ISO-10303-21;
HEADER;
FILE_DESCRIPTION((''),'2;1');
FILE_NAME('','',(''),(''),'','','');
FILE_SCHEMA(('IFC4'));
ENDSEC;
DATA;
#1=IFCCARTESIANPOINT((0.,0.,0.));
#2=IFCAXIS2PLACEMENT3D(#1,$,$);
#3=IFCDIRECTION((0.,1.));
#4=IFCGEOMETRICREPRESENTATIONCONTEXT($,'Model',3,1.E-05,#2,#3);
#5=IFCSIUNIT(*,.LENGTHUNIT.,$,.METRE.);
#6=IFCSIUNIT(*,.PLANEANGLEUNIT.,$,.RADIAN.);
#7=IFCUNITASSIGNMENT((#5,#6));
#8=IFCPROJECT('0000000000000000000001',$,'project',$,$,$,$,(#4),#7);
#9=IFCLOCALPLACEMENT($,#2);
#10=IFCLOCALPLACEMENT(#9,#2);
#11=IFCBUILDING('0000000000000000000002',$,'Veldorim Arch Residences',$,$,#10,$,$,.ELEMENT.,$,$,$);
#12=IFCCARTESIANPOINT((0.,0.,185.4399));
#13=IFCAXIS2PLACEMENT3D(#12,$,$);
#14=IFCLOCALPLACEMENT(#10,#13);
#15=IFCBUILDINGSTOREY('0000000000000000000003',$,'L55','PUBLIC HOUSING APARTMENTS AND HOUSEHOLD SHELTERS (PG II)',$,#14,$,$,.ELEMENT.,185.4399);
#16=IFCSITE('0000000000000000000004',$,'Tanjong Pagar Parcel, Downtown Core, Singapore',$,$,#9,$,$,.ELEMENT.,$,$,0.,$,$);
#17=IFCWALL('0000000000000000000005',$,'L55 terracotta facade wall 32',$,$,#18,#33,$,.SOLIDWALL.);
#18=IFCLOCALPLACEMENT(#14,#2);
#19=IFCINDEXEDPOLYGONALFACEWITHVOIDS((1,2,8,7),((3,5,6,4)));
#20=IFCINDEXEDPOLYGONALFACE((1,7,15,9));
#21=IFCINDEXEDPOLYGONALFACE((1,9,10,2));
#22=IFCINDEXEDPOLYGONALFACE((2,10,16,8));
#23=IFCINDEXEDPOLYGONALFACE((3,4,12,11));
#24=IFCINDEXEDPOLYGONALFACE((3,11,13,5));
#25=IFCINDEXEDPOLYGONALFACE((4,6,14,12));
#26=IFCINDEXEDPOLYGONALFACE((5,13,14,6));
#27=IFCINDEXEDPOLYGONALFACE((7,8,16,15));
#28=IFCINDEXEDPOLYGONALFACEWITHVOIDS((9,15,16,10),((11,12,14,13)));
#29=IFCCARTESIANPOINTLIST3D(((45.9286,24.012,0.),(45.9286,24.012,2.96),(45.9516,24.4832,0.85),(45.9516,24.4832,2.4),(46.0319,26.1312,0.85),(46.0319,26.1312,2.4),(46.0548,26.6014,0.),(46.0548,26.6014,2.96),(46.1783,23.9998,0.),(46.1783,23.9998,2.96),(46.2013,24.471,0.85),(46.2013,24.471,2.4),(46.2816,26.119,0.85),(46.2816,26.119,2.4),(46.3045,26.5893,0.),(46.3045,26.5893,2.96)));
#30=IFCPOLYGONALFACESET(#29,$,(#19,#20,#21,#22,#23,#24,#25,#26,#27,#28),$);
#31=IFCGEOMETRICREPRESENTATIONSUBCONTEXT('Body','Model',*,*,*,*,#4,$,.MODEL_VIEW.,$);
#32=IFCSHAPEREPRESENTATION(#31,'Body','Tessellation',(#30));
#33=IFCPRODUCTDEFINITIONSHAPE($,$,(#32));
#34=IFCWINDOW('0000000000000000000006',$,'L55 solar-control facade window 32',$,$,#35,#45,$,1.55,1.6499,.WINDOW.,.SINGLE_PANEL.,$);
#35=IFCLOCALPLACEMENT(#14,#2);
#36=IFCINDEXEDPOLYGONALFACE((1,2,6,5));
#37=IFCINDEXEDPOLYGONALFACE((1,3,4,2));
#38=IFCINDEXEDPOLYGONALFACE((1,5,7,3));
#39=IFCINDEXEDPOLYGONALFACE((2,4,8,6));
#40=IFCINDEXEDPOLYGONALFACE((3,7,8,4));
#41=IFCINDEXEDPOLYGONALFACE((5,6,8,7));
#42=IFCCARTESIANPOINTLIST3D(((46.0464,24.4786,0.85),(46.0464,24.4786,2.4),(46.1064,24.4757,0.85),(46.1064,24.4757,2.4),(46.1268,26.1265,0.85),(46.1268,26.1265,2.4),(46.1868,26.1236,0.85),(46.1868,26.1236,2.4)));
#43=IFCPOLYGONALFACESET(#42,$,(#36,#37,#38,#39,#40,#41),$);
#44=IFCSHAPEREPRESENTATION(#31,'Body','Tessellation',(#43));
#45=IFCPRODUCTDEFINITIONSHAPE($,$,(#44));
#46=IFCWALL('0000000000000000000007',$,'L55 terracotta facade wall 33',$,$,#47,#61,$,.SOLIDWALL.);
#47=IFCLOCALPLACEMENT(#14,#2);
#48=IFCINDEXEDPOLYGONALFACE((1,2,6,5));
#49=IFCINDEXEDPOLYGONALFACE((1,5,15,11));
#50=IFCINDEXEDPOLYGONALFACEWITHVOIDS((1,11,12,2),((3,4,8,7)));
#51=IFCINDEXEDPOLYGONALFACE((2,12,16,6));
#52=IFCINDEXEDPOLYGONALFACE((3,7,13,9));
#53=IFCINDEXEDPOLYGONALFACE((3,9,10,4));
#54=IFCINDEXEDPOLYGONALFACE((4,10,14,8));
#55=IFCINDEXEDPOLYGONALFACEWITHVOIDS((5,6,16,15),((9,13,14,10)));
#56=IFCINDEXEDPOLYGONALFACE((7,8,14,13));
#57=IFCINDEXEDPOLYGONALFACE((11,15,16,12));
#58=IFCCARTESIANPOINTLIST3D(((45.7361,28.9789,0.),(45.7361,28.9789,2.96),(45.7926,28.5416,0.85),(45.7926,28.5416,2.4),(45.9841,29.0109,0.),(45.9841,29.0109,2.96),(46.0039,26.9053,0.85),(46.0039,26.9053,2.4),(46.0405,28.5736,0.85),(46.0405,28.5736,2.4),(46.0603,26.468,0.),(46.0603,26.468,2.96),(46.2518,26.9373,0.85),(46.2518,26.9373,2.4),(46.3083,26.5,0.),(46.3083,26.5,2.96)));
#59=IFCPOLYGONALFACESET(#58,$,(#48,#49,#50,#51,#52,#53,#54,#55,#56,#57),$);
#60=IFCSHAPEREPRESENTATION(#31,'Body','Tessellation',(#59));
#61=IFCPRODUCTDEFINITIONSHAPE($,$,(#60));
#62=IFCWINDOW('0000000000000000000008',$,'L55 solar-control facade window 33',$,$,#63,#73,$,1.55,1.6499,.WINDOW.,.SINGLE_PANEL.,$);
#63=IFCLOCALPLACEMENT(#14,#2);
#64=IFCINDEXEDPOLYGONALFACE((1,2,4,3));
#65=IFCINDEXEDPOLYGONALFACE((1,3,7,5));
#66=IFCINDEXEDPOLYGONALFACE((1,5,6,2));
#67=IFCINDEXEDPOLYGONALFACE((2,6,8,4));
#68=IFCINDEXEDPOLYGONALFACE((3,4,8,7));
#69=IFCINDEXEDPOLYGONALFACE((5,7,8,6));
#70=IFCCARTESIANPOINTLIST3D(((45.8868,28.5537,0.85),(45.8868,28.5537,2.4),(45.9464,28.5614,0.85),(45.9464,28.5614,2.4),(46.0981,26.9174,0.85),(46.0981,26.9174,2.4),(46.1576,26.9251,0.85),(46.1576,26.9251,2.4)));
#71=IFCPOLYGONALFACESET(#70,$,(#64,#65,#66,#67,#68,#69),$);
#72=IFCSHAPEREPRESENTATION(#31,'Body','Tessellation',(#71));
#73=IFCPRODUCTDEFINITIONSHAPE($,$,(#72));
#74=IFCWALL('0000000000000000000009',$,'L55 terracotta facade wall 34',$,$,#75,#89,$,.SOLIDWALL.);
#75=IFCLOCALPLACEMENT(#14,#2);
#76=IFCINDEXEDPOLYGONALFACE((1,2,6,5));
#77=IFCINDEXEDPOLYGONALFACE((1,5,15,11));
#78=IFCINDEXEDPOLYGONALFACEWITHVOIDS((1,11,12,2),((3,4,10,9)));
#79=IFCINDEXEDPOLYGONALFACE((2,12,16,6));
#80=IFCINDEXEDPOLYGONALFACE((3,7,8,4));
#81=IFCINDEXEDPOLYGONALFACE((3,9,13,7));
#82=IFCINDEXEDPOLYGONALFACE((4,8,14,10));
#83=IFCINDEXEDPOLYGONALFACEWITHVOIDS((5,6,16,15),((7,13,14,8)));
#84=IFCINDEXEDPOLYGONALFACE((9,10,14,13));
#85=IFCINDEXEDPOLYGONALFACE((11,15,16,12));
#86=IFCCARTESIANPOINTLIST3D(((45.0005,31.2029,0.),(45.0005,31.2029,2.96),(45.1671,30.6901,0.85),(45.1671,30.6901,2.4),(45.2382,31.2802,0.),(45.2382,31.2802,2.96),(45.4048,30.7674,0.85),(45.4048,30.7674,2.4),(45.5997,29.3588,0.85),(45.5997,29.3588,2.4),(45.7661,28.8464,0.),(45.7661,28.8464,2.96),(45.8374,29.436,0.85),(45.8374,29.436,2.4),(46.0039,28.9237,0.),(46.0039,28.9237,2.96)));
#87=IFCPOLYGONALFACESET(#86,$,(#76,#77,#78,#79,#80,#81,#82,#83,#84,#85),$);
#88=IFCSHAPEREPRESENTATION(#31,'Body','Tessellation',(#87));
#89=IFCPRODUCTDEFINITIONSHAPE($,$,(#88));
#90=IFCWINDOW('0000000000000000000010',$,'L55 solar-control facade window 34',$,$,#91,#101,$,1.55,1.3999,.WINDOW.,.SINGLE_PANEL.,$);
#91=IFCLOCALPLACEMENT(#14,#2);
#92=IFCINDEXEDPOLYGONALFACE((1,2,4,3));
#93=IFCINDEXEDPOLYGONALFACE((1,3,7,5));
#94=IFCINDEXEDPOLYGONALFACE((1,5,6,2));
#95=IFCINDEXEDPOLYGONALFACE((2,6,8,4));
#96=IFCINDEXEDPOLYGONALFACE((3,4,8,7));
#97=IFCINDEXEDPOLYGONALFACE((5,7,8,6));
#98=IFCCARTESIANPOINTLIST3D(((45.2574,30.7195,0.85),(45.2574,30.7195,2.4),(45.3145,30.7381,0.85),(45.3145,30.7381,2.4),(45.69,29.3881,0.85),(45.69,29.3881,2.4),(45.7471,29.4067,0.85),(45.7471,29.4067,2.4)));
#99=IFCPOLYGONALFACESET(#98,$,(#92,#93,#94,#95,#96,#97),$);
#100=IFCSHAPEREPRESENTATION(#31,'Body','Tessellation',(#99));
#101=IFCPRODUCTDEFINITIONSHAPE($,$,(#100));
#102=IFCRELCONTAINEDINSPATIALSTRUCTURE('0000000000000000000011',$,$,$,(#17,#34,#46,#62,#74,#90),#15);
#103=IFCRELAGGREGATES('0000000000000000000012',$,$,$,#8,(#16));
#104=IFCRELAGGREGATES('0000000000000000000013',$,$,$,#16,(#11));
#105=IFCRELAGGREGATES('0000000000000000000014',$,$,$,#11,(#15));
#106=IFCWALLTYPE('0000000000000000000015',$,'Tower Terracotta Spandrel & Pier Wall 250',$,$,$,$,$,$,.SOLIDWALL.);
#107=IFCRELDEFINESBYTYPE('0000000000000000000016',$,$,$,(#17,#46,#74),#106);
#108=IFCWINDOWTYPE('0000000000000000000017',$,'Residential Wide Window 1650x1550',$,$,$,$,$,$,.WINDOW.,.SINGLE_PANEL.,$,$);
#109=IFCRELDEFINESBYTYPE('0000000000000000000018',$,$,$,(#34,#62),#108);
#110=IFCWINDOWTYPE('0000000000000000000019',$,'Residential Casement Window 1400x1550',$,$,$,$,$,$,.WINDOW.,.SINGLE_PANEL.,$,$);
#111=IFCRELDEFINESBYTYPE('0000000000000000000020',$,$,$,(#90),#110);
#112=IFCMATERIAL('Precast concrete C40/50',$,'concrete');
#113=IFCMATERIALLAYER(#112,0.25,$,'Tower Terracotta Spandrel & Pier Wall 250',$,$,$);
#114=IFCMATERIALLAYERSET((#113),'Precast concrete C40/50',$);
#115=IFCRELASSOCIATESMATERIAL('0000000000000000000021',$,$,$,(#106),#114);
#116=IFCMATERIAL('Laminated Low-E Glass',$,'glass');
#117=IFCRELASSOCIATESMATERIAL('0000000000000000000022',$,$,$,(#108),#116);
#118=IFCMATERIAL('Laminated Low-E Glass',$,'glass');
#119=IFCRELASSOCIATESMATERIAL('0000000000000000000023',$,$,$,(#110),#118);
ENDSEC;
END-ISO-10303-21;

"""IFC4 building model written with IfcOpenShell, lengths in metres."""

from ifc_helpers import new_model, si_unit, direction, frame, frame_2d, origin, place, context, subcontext, project, spatial, rectangle, extrude, material, layer, layer_set, type_object, element, fill, save


model = new_model("IFC4")

# Units and contexts
model_context = context("Model", 3, precision=1e-05, world=origin(), true_north=direction((0.0, 1.0)))
body_context = subcontext(model_context, "Body", "Model", "MODEL_VIEW")
ifc_project = project(units=[si_unit("LENGTHUNIT", "METRE"), si_unit("PLANEANGLEUNIT", "RADIAN")], contexts=[model_context])

# Site, building, storey
site_placement = place(None, origin())
site = spatial("IfcSite", under=ifc_project, at=site_placement, Name="Tanjong Pagar Parcel, Downtown Core, Singapore", CompositionType="ELEMENT", RefElevation=0.0)
building_placement = place(site_placement, origin())
building = spatial("IfcBuilding", under=site, at=building_placement, Name="Veldorim Arch Residences", CompositionType="ELEMENT")
storey_placement = place(building_placement, frame((0.0, 0.0, 185.4399)))
storey = spatial("IfcBuildingStorey", under=building, at=storey_placement, Name="L55", Description="PUBLIC HOUSING APARTMENTS AND HOUSEHOLD SHELTERS (PG II)", CompositionType="ELEMENT", Elevation=185.4399)

# Walls, openings, windows
ifc_material_1 = material(Name="Precast concrete C40/50", Category="concrete")
ifc_layer_1 = layer(ifc_material_1, 0.25, Name="Tower Terracotta Spandrel & Pier Wall 250")
ifc_layer_set_1 = layer_set([ifc_layer_1], Name="Precast concrete C40/50")
wall_type_1 = type_object("IfcWallType", Name="Tower Terracotta Spandrel & Pier Wall 250", PredefinedType="SOLIDWALL", material=ifc_layer_set_1)
wall_1_placement = place(storey_placement, frame((46.1797, 26.5955, 0.0), z_axis=(0.0, 0.0, 1.0), x_axis=(-0.048688, -0.998814, 0.0)))
wall_1 = element("IfcWall", 1, at=wall_1_placement, inside=storey, type_object=wall_type_1, Name="L55 terracotta facade wall 32", PredefinedType="SOLIDWALL", context=body_context, shape_type="SweptSolid", body=[
    extrude(rectangle(XDim=2.5925, YDim=0.25, at=frame_2d((1.2964, 0.0))), origin(), (0.0, 0.0, 1.0), 2.96),
])
opening_1_placement = place(wall_1_placement, frame((0.4709, 0.0, 0.8501)))
opening_1 = element("IfcOpeningElement", 2, at=opening_1_placement, cuts=wall_1, PredefinedType="OPENING", context=body_context, shape_type="SweptSolid", body=[
    extrude(rectangle(XDim=1.6499, YDim=1.55, at=frame_2d((0.825, 0.7749))), frame((0.0, 0.135, 0.0), z_axis=(0.0, -1.0, 0.0), x_axis=(1.0, 0.0, 0.0)), (0.0, 0.0, 1.0), 0.27),
])
ifc_material_2 = material(Name="Laminated Low-E Glass", Category="glass")
window_type_1 = type_object("IfcWindowType", Name="Residential Wide Window 1650x1550", PartitioningType="SINGLE_PANEL", PredefinedType="WINDOW", material=ifc_material_2)
window_1_placement = place(opening_1_placement, origin())
window_1 = element("IfcWindow", 3, at=window_1_placement, inside=storey, type_object=window_type_1, Name="L55 solar-control facade window 32", OverallHeight=1.55, OverallWidth=1.6499, PartitioningType="SINGLE_PANEL", PredefinedType="WINDOW", context=body_context, shape_type="SweptSolid", body=[
    extrude(rectangle(XDim=1.6499, YDim=1.55, at=frame_2d((0.825, 0.7749))), frame((0.0, 0.03, 0.0), z_axis=(0.0, -1.0, 0.0), x_axis=(1.0, 0.0, 0.0)), (0.0, 0.0, 1.0), 0.0601),
])
fill(opening_1, window_1)
wall_2_placement = place(storey_placement, frame((45.8601, 28.9949, 0.0), z_axis=(0.0, 0.0, 1.0), x_axis=(0.128057, -0.991767, 0.0)))
wall_2 = element("IfcWall", 4, at=wall_2_placement, inside=storey, type_object=wall_type_1, Name="L55 terracotta facade wall 33", PredefinedType="SOLIDWALL", context=body_context, shape_type="SweptSolid", body=[
    extrude(rectangle(XDim=2.5317, YDim=0.25, at=frame_2d((1.2659, 0.0))), origin(), (0.0, 0.0, 1.0), 2.96),
])
opening_2_placement = place(wall_2_placement, frame((0.4409, 0.0, 0.8501)))
opening_2 = element("IfcOpeningElement", 5, at=opening_2_placement, cuts=wall_2, PredefinedType="OPENING", context=body_context, shape_type="SweptSolid", body=[
    extrude(rectangle(XDim=1.6499, YDim=1.55, at=frame_2d((0.825, 0.7749))), frame((0.0, 0.135, 0.0), z_axis=(0.0, -1.0, 0.0), x_axis=(1.0, 0.0, 0.0)), (0.0, 0.0, 1.0), 0.27),
])
window_2_placement = place(opening_2_placement, origin())
window_2 = element("IfcWindow", 6, at=window_2_placement, inside=storey, type_object=window_type_1, Name="L55 solar-control facade window 33", OverallHeight=1.55, OverallWidth=1.6499, PartitioningType="SINGLE_PANEL", PredefinedType="WINDOW", context=body_context, shape_type="SweptSolid", body=[
    extrude(rectangle(XDim=1.6499, YDim=1.55, at=frame_2d((0.825, 0.7749))), frame((0.0, 0.03, 0.0), z_axis=(0.0, -1.0, 0.0), x_axis=(1.0, 0.0, 0.0)), (0.0, 0.0, 1.0), 0.0601),
])
fill(opening_2, window_2)
wall_3_placement = place(storey_placement, frame((45.1194, 31.2415, 0.0), z_axis=(0.0, 0.0, 1.0), x_axis=(0.309006, -0.95106, 0.0)))
wall_3 = element("IfcWall", 7, at=wall_3_placement, inside=storey, type_object=wall_type_1, Name="L55 terracotta facade wall 34", PredefinedType="SOLIDWALL", context=body_context, shape_type="SweptSolid", body=[
    extrude(rectangle(XDim=2.4778, YDim=0.25, at=frame_2d((1.2388, 0.0))), origin(), (0.0, 0.0, 1.0), 2.96),
])
opening_3_placement = place(wall_3_placement, frame((0.5391, 0.0, 0.8501)))
opening_3 = element("IfcOpeningElement", 8, at=opening_3_placement, cuts=wall_3, PredefinedType="OPENING", context=body_context, shape_type="SweptSolid", body=[
    extrude(rectangle(XDim=1.3999, YDim=1.55, at=frame_2d((0.7, 0.7749))), frame((0.0, 0.135, 0.0), z_axis=(0.0, -1.0, 0.0), x_axis=(1.0, 0.0, 0.0)), (0.0, 0.0, 1.0), 0.27),
])
ifc_material_3 = material(Name="Laminated Low-E Glass", Category="glass")
window_type_2 = type_object("IfcWindowType", Name="Residential Casement Window 1400x1550", PartitioningType="SINGLE_PANEL", PredefinedType="WINDOW", material=ifc_material_3)
window_3_placement = place(opening_3_placement, origin())
window_3 = element("IfcWindow", 9, at=window_3_placement, inside=storey, type_object=window_type_2, Name="L55 solar-control facade window 34", OverallHeight=1.55, OverallWidth=1.3999, PartitioningType="SINGLE_PANEL", PredefinedType="WINDOW", context=body_context, shape_type="SweptSolid", body=[
    extrude(rectangle(XDim=1.3999, YDim=1.55, at=frame_2d((0.7, 0.7749))), frame((0.0, 0.03, 0.0), z_axis=(0.0, -1.0, 0.0), x_axis=(1.0, 0.0, 0.0)), (0.0, 0.0, 1.0), 0.0601),
])
fill(opening_3, window_3)

save(model, "model.ifc")
